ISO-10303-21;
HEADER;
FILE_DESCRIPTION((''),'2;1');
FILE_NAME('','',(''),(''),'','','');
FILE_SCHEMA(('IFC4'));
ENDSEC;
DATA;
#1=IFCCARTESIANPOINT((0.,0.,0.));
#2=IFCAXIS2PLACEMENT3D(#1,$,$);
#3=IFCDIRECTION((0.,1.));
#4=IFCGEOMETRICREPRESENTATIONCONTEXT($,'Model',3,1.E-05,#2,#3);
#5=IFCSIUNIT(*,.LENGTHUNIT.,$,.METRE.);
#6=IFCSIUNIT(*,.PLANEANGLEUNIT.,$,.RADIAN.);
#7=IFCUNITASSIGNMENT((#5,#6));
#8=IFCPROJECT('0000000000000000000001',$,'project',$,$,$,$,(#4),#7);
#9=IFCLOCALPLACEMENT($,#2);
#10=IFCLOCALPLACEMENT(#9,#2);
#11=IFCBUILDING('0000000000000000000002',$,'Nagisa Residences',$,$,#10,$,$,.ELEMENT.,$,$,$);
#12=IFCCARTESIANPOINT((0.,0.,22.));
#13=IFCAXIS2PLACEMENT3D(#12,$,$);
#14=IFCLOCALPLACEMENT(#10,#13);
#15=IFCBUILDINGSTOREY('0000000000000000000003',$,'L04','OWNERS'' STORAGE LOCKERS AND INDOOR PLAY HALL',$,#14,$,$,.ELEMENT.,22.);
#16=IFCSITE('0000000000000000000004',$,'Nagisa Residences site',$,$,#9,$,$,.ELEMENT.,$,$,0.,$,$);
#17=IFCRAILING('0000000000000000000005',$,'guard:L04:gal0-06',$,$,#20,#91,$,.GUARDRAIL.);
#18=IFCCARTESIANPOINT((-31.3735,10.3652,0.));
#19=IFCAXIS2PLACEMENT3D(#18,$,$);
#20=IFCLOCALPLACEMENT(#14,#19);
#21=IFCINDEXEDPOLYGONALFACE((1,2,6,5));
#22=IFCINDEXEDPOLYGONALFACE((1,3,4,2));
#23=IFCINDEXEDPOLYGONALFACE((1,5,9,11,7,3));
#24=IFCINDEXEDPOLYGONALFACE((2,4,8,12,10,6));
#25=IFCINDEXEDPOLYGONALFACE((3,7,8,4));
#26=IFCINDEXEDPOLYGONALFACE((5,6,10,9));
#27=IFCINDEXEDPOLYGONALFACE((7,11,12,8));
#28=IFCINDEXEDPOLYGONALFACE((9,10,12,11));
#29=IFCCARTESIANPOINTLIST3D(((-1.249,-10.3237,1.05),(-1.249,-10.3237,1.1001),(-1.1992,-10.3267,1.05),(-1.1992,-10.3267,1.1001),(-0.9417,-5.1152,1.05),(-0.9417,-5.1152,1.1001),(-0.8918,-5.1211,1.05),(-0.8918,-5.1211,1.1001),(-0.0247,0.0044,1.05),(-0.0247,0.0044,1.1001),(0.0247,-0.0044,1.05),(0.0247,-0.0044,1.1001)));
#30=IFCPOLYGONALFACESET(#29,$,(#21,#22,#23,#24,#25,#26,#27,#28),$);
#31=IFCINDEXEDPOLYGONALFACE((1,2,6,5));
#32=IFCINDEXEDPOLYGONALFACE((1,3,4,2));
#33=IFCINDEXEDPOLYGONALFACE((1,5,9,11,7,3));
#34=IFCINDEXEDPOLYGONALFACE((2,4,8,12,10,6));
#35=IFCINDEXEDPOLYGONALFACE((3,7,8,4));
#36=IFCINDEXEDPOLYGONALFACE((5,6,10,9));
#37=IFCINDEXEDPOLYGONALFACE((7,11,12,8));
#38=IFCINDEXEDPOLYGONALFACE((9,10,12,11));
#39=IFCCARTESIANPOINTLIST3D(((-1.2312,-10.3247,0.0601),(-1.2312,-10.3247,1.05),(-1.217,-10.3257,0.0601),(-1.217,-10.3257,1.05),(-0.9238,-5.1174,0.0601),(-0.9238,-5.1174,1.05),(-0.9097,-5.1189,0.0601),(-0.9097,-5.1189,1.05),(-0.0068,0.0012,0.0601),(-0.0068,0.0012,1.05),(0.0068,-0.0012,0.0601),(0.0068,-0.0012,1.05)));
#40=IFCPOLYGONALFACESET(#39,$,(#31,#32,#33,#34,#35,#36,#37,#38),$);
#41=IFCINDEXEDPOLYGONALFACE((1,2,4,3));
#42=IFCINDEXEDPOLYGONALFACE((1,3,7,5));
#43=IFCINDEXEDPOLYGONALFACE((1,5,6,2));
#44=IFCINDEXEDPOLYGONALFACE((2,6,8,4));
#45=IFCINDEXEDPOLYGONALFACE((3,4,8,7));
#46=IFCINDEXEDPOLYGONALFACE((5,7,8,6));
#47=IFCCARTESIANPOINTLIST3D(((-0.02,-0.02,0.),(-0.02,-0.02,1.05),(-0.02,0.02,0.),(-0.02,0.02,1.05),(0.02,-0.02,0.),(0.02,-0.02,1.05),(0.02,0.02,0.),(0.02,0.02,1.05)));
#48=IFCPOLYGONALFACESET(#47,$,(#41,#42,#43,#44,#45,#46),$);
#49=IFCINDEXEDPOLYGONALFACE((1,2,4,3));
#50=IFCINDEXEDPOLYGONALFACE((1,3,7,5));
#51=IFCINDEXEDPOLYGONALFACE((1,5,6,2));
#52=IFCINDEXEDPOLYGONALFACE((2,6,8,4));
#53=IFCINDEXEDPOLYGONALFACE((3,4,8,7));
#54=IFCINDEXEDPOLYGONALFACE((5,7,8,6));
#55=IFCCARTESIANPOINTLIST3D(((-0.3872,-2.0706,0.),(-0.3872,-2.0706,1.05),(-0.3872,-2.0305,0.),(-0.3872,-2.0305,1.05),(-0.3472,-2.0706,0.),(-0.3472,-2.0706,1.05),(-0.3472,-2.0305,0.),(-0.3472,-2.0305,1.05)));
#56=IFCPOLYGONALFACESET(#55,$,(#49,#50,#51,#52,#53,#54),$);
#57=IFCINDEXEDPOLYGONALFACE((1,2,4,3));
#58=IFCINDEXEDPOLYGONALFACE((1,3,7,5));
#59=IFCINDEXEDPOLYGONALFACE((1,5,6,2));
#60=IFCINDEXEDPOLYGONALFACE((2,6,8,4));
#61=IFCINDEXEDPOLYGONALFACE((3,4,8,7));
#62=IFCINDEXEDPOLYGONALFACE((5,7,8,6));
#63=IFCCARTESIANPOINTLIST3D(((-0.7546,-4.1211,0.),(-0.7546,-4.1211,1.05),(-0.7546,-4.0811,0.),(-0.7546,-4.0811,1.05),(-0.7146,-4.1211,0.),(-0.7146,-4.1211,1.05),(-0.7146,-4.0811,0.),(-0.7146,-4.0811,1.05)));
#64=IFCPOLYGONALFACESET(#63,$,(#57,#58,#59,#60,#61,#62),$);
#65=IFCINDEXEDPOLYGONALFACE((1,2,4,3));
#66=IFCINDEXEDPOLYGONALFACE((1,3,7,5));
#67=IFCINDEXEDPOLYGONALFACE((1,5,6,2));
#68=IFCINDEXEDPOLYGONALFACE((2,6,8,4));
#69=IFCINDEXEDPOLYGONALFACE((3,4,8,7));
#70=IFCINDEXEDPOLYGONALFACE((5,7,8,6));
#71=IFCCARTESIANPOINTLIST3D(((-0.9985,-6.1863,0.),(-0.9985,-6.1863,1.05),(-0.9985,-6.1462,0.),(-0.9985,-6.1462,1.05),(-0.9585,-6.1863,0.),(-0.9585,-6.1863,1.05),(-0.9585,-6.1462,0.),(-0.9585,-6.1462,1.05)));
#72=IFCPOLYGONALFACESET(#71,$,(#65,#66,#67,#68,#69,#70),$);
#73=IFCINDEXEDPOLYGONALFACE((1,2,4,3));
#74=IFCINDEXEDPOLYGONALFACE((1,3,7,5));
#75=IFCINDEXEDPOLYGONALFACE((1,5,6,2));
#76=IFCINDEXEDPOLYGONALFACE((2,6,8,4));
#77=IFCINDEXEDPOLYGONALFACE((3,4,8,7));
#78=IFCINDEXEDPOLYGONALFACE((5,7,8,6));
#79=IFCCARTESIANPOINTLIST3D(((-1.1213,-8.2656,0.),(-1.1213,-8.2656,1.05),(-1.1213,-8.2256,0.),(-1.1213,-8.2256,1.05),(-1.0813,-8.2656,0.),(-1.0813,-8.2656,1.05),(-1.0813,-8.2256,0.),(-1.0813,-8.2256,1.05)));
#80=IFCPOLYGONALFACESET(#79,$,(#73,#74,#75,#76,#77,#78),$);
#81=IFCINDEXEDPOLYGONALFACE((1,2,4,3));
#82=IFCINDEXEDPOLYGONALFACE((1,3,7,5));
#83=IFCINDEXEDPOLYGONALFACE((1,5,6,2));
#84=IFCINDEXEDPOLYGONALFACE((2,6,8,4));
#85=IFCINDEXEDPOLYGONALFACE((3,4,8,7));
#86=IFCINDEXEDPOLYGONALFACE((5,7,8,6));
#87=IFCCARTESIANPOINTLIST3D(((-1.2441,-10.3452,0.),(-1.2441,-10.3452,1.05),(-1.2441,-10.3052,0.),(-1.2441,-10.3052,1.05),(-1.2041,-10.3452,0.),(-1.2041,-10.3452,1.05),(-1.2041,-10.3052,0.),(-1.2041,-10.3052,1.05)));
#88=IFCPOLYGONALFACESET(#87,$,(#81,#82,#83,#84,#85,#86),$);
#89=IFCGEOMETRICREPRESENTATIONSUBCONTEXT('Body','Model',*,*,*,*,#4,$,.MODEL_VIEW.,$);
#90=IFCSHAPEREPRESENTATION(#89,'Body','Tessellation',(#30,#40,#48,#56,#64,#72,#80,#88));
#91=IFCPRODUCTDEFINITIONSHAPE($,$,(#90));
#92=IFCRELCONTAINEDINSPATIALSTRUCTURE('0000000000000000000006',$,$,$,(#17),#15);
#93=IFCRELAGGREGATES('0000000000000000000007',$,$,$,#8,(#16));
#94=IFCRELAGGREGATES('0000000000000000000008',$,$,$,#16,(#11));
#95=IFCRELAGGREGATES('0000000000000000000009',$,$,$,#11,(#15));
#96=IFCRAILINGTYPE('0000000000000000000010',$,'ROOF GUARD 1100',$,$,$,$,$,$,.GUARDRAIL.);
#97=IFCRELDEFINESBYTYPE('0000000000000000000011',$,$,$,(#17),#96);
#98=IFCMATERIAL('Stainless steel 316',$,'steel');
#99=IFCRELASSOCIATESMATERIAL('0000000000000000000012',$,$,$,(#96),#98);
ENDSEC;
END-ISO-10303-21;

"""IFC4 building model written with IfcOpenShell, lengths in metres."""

from ifc_helpers import new_model, si_unit, direction, frame, origin, origin_2d, place, context, subcontext, project, spatial, polyline, rectangle, outline, extrude, material, type_object, element, save


model = new_model("IFC4")

# Units and contexts
model_context = context("Model", 3, precision=1e-05, world=origin(), true_north=direction((0.0, 1.0)))
body_context = subcontext(model_context, "Body", "Model", "MODEL_VIEW")
ifc_project = project(units=[si_unit("LENGTHUNIT", "METRE"), si_unit("PLANEANGLEUNIT", "RADIAN")], contexts=[model_context])

# Site, building, storey
site_placement = place(None, origin())
site = spatial("IfcSite", under=ifc_project, at=site_placement, Name="Nagisa Residences site", CompositionType="ELEMENT", RefElevation=0.0)
building_placement = place(site_placement, origin())
building = spatial("IfcBuilding", under=site, at=building_placement, Name="Nagisa Residences", CompositionType="ELEMENT")
storey_placement = place(building_placement, frame((0.0, 0.0, 22.0)))
storey = spatial("IfcBuildingStorey", under=building, at=storey_placement, Name="L04", Description="OWNERS' STORAGE LOCKERS AND INDOOR PLAY HALL", CompositionType="ELEMENT", Elevation=22.0)

# Railing
ifc_material_1 = material(Name="Stainless steel 316", Category="steel")
railing_type = type_object("IfcRailingType", Name="ROOF GUARD 1100", PredefinedType="GUARDRAIL", material=ifc_material_1)
railing_placement = place(storey_placement, frame((-31.3735, 10.3652, 0.0)))
element("IfcRailing", 1, at=railing_placement, inside=storey, type_object=railing_type, Name="guard:L04:gal0-06", PredefinedType="GUARDRAIL", context=body_context, shape_type="SweptSolid", body=[
    extrude(outline(polyline([(-0.8918, -5.1211), (0.0247, -0.0044), (-0.0247, 0.0044), (-0.9417, -5.1152), (-1.249, -10.3237), (-1.1992, -10.3267), (-0.8918, -5.1211)])), frame((0.0, 0.0, 1.05)), (0.0, 0.0, 1.0), 0.05),
    extrude(outline(polyline([(-0.9097, -5.1189), (0.0068, -0.0012), (-0.0068, 0.0012), (-0.9238, -5.1174), (-1.2312, -10.3247), (-1.217, -10.3257), (-0.9097, -5.1189)])), frame((0.0, 0.0, 0.0601)), (0.0, 0.0, 1.0), 0.99),
    extrude(rectangle(XDim=0.04, YDim=0.04, at=origin_2d()), origin(), (0.0, 0.0, 1.0), 1.05),
    extrude(rectangle(XDim=0.04, YDim=0.04, at=origin_2d()), frame((-0.3672, -2.0505, 0.0)), (0.0, 0.0, 1.0), 1.05),
    extrude(rectangle(XDim=0.04, YDim=0.04, at=origin_2d()), frame((-0.7346, -4.1011, 0.0)), (0.0, 0.0, 1.0), 1.05),
    extrude(rectangle(XDim=0.04, YDim=0.04, at=origin_2d()), frame((-0.9785, -6.1663, 0.0)), (0.0, 0.0, 1.0), 1.05),
    extrude(rectangle(XDim=0.04, YDim=0.04, at=origin_2d()), frame((-1.1013, -8.2456, 0.0)), (0.0, 0.0, 1.0), 1.05),
    extrude(rectangle(XDim=0.04, YDim=0.04, at=origin_2d()), frame((-1.2241, -10.3252, 0.0)), (0.0, 0.0, 1.0), 1.05),
])

save(model, "model.ifc")
